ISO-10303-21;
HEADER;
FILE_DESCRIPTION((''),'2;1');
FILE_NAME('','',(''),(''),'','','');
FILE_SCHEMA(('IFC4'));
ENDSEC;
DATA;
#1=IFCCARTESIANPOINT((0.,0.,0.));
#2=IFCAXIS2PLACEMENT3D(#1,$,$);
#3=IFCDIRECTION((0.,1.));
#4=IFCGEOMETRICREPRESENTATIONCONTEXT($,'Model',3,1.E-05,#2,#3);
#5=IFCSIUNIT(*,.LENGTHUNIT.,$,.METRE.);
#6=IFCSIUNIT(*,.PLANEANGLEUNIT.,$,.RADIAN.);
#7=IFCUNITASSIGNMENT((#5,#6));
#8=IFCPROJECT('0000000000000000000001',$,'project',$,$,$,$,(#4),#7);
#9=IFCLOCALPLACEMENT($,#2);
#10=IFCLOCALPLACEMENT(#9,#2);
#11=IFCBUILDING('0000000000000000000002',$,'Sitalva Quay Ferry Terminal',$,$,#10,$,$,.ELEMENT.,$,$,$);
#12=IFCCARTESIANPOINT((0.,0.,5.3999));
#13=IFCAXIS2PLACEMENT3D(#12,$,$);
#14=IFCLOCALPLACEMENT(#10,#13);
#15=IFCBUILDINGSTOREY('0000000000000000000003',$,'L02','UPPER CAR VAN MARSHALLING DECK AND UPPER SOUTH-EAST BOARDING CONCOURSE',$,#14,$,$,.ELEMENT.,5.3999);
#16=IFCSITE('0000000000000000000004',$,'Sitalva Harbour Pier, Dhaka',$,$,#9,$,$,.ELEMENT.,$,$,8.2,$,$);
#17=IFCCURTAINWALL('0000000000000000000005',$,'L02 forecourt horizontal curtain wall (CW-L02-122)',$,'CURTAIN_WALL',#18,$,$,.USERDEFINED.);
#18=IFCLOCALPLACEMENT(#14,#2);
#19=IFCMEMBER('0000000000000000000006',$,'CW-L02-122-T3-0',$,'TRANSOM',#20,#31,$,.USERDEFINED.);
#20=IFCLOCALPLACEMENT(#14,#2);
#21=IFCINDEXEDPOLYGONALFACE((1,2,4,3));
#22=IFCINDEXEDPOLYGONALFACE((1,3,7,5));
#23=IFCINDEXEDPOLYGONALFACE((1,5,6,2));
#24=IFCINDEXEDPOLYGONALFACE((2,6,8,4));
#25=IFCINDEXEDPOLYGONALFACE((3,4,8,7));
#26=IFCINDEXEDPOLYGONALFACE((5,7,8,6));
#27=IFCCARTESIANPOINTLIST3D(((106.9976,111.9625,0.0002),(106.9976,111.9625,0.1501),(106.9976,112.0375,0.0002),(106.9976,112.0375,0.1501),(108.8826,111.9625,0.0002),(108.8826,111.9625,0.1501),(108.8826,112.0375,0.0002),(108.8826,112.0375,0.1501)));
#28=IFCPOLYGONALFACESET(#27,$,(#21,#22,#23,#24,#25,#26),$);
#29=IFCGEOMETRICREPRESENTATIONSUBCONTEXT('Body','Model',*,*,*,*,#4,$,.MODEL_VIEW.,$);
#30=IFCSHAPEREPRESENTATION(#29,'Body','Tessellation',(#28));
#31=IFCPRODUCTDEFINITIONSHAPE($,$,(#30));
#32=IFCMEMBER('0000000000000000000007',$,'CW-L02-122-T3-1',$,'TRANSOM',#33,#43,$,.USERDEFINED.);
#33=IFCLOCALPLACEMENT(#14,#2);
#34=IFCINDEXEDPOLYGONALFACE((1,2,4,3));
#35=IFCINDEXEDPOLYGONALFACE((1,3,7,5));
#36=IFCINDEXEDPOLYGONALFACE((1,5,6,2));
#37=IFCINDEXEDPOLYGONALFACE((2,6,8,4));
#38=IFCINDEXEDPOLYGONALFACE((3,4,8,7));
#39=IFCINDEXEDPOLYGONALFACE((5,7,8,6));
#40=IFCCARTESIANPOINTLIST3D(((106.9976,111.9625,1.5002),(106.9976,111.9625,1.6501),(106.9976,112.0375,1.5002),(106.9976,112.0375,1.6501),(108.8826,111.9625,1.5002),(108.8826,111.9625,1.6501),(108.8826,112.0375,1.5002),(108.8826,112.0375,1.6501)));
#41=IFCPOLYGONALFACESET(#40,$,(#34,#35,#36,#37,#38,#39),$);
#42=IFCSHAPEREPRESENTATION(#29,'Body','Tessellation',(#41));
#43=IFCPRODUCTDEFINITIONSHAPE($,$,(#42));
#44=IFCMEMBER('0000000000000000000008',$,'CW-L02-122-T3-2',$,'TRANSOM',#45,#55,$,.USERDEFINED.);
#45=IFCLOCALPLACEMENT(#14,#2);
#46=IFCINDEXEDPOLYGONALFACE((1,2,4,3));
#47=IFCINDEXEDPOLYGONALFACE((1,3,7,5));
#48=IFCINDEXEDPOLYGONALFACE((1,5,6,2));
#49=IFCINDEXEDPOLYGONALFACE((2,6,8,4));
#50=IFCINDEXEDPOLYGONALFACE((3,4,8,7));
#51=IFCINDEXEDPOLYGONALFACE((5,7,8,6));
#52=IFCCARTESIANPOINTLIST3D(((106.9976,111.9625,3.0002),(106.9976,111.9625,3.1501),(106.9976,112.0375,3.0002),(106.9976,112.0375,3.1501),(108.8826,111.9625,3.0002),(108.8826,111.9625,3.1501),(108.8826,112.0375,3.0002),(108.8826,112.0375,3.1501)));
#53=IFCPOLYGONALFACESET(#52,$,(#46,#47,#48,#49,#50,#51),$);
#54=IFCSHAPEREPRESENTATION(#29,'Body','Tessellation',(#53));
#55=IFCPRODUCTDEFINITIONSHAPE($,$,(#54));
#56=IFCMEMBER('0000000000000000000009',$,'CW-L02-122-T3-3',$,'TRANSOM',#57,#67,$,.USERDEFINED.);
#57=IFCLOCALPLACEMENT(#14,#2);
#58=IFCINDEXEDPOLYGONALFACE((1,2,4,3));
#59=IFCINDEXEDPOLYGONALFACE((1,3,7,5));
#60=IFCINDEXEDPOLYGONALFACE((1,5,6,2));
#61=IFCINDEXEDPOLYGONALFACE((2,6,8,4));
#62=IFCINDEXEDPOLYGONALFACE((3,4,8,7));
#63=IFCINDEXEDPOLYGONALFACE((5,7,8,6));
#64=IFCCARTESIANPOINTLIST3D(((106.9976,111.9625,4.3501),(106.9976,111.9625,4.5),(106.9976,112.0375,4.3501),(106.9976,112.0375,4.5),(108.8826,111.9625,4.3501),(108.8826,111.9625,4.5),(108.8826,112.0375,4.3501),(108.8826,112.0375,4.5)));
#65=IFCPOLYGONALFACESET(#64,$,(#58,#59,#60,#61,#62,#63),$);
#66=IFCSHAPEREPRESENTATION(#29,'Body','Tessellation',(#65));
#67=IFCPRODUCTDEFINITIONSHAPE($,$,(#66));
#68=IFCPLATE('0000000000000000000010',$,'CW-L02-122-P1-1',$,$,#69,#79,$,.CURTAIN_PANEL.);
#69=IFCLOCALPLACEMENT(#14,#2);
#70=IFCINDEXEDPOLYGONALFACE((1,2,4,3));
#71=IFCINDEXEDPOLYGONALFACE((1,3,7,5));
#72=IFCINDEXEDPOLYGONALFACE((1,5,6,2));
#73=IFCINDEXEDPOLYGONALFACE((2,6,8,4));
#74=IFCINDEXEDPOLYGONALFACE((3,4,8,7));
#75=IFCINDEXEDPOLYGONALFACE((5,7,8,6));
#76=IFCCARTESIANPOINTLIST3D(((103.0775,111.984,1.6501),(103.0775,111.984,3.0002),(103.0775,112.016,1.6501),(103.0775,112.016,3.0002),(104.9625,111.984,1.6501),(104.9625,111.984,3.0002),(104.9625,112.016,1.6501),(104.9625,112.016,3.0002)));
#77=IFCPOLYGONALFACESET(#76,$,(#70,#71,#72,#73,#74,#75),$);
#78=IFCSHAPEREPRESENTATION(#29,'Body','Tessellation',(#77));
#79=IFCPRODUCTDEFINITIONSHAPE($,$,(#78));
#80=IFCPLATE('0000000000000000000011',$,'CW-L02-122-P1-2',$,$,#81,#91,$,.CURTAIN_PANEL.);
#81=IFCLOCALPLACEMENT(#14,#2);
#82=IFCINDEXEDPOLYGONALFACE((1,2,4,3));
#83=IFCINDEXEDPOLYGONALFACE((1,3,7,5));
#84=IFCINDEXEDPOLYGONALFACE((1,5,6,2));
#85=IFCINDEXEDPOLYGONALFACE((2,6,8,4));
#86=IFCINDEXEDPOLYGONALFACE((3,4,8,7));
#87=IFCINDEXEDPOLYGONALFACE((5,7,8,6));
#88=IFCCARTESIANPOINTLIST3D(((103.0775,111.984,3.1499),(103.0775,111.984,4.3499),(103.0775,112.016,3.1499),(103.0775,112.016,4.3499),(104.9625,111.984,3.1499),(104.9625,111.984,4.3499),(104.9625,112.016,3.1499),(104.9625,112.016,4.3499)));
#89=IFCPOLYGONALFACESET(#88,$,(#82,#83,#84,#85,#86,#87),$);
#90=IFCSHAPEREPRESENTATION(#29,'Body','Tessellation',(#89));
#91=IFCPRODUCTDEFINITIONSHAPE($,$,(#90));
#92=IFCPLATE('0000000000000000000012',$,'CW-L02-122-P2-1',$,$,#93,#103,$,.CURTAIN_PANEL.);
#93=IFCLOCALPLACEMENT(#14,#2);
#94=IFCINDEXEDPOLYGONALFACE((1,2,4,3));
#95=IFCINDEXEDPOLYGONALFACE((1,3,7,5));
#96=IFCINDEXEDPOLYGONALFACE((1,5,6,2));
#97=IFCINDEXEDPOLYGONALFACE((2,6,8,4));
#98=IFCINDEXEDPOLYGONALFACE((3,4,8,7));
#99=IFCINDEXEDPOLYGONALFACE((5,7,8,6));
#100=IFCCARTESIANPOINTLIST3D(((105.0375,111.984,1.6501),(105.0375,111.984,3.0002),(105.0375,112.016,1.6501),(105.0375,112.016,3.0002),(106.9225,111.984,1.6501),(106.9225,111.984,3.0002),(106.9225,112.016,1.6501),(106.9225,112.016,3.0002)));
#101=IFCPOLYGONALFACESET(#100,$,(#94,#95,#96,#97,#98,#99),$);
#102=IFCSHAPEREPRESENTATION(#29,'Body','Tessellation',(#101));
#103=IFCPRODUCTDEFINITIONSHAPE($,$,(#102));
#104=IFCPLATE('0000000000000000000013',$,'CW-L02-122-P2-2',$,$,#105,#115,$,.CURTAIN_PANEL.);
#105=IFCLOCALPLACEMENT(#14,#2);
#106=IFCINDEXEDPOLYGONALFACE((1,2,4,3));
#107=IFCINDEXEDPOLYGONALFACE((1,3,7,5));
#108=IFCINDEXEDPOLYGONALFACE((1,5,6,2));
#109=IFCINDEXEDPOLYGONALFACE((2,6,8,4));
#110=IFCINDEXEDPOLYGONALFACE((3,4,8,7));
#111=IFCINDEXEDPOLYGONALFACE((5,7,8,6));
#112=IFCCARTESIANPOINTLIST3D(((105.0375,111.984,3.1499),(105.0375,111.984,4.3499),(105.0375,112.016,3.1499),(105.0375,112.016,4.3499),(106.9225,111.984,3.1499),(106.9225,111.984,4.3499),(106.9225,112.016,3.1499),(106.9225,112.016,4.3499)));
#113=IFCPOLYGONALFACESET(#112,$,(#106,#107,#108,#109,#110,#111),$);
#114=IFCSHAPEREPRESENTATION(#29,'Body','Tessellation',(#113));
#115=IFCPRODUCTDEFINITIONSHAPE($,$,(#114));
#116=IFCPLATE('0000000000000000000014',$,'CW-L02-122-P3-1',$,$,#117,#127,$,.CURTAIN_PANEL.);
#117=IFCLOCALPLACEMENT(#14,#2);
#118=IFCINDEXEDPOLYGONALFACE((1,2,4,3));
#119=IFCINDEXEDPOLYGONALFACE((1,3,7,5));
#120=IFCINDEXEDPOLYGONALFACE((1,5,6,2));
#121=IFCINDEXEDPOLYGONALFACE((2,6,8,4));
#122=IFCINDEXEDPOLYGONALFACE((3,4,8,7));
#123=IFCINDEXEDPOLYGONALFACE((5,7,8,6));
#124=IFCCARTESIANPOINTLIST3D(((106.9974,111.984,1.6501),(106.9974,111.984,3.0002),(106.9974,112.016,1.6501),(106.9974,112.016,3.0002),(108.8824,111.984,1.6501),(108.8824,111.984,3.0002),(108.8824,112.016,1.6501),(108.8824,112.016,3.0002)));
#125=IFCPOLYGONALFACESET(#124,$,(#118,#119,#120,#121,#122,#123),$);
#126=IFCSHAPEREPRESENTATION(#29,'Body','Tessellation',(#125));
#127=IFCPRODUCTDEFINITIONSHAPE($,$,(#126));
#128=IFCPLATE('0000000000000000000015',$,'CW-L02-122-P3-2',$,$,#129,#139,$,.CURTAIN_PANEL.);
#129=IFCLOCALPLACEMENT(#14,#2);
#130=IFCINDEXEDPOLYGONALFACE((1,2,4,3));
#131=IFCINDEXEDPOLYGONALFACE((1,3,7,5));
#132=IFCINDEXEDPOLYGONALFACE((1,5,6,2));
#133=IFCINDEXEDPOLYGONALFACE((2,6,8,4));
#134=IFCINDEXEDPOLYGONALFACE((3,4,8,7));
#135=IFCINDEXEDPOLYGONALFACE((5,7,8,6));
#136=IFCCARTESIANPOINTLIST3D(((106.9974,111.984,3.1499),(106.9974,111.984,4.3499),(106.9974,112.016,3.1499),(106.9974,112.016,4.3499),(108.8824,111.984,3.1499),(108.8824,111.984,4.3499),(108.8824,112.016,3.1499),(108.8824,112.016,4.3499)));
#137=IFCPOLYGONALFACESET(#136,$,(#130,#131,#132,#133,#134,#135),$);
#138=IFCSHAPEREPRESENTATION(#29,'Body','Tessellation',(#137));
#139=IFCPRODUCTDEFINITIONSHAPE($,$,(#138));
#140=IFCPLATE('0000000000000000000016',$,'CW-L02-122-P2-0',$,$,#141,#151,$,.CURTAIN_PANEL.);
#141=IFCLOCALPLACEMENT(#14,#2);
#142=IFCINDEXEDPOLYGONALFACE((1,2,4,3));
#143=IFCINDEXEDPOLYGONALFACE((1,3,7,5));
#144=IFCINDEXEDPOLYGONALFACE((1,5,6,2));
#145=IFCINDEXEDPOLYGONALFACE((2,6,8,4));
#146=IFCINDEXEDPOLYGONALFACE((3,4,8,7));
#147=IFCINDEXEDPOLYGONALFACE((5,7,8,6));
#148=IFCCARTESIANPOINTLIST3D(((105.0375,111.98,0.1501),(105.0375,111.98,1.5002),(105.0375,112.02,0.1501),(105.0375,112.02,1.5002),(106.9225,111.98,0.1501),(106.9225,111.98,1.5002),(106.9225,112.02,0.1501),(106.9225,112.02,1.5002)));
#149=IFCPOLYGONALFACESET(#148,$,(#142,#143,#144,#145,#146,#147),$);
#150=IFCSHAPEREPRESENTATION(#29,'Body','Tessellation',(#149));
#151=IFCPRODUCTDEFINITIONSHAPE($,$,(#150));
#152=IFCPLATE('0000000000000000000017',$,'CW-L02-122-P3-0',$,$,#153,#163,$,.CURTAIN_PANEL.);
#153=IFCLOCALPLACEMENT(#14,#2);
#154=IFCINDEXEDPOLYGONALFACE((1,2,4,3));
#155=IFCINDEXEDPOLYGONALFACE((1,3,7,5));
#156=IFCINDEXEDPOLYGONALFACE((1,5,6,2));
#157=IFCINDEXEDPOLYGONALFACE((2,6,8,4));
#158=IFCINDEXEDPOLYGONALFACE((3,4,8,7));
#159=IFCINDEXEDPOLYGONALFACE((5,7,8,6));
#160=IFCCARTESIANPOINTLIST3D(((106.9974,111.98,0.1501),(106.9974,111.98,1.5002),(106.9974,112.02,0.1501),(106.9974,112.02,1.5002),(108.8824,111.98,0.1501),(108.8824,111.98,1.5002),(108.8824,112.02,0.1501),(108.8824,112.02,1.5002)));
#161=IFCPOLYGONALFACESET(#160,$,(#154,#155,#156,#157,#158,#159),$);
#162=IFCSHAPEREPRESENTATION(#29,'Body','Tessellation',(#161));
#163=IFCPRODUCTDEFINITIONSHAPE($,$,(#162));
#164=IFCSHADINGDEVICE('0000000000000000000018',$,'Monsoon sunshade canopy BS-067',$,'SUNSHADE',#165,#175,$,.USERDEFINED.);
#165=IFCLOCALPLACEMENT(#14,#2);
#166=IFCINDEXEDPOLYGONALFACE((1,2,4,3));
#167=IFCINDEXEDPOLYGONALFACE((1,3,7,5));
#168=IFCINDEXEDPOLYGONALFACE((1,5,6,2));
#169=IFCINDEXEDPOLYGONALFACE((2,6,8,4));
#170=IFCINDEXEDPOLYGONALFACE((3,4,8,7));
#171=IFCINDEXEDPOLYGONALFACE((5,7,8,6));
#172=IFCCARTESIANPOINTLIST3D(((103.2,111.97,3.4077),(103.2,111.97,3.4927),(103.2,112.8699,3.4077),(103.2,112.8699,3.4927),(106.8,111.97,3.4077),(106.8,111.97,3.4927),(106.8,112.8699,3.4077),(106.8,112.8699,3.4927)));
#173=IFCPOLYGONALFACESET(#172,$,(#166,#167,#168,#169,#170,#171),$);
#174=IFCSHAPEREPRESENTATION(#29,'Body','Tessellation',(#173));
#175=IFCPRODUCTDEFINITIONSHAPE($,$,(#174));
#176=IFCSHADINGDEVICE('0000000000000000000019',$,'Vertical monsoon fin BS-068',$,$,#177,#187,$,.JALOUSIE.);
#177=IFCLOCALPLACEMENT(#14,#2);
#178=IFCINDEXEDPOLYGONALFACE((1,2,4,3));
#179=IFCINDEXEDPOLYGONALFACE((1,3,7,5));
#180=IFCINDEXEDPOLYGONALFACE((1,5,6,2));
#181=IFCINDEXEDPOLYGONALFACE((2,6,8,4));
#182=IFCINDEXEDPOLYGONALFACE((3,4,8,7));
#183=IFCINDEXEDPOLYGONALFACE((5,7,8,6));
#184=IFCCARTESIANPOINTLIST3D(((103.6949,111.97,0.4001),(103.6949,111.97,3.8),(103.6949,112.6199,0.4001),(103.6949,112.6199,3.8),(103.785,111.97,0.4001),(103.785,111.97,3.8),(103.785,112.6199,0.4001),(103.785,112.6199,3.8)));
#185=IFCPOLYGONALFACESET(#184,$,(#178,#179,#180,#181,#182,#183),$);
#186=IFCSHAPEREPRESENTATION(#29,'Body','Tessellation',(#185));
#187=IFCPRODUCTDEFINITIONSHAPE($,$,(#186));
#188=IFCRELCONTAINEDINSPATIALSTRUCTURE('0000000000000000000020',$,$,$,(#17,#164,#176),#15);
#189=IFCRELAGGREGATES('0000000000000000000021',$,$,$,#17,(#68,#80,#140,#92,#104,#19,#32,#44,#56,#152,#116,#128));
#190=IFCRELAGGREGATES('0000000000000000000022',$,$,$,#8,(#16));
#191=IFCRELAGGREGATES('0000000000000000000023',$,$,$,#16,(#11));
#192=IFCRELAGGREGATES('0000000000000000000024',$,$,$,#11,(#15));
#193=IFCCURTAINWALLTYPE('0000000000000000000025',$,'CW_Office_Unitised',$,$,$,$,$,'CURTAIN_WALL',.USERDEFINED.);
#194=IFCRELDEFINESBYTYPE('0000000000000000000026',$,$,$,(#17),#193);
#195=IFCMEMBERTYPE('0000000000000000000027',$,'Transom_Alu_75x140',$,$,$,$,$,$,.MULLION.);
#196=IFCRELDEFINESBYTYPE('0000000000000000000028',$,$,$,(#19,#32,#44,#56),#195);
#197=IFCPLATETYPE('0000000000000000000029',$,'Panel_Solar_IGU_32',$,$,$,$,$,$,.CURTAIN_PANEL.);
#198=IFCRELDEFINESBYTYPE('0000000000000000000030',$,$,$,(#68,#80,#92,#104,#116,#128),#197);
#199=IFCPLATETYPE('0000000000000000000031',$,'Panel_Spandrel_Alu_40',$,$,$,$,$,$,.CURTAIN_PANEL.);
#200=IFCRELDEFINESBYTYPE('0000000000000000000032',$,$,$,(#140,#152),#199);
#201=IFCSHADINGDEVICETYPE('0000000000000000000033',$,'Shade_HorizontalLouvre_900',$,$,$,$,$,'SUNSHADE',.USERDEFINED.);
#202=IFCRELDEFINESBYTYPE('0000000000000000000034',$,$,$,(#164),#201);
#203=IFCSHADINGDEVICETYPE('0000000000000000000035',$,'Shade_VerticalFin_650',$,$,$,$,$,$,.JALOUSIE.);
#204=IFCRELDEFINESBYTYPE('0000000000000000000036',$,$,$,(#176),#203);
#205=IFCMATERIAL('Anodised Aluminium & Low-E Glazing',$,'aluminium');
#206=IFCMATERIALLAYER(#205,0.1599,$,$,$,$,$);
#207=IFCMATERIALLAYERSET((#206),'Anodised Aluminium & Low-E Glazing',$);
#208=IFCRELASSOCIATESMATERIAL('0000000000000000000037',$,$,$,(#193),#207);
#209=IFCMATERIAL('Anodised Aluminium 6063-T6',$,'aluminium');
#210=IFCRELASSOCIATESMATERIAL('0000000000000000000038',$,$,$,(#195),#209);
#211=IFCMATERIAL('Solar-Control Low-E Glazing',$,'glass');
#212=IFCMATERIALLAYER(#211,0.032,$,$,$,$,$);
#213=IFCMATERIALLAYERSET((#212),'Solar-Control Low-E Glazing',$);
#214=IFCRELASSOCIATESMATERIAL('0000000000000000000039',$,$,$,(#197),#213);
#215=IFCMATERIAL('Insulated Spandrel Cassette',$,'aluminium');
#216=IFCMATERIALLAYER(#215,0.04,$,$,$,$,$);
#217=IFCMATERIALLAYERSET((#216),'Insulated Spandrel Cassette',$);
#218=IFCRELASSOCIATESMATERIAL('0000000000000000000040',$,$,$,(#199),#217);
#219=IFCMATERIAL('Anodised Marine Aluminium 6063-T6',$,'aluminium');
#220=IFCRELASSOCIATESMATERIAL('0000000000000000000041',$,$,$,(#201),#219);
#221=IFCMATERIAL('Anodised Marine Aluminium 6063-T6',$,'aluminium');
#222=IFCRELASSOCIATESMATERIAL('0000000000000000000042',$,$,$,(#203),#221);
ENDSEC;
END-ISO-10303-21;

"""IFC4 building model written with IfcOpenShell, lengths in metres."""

from ifc_helpers import new_model, si_unit, direction, frame, origin, origin_2d, place, context, subcontext, project, spatial, rectangle, extrude, material, layer, layer_set, material_profile, profile_set, type_object, element, aggregate, save


model = new_model("IFC4")

# Units and contexts
model_context = context("Model", 3, precision=1e-05, world=origin(), true_north=direction((0.0, 1.0)))
body_context = subcontext(model_context, "Body", "Model", "MODEL_VIEW")
ifc_project = project(units=[si_unit("LENGTHUNIT", "METRE"), si_unit("PLANEANGLEUNIT", "RADIAN")], contexts=[model_context])

# Site, building, storey
site_placement = place(None, origin())
site = spatial("IfcSite", under=ifc_project, at=site_placement, Name="Sitalva Harbour Pier, Dhaka", CompositionType="ELEMENT", RefElevation=8.2)
building_placement = place(site_placement, origin())
building = spatial("IfcBuilding", under=site, at=building_placement, Name="Sitalva Quay Ferry Terminal", CompositionType="ELEMENT")
storey_placement = place(building_placement, frame((0.0, 0.0, 5.3999)))
storey = spatial("IfcBuildingStorey", under=building, at=storey_placement, Name="L02", Description="UPPER CAR VAN MARSHALLING DECK AND UPPER SOUTH-EAST BOARDING CONCOURSE", CompositionType="ELEMENT", Elevation=5.3999)

# Curtain wall, members, plates
ifc_material_1 = material(Name="Anodised Aluminium & Low-E Glazing", Category="aluminium")
ifc_layer_1 = layer(ifc_material_1, 0.1599)
ifc_layer_set_1 = layer_set([ifc_layer_1], Name="Anodised Aluminium & Low-E Glazing")
curtain_wall_type = type_object("IfcCurtainWallType", Name="CW_Office_Unitised", ElementType="CURTAIN_WALL", PredefinedType="USERDEFINED", material=ifc_layer_set_1)
curtain_wall_placement = place(storey_placement, origin())
curtain_wall = element("IfcCurtainWall", 1, at=curtain_wall_placement, inside=storey, type_object=curtain_wall_type, Name="L02 forecourt horizontal curtain wall (CW-L02-122)", ObjectType="CURTAIN_WALL", PredefinedType="USERDEFINED")
ifc_material_2 = material(Name="Anodised Aluminium 6063-T6", Category="aluminium")
ifc_material_profile_1 = material_profile(ifc_material_2, rectangle(XDim=0.075, YDim=0.1499, at=origin_2d()), Name="ALU75x150")
ifc_profile_set_1 = profile_set([ifc_material_profile_1], Name="Anodised Aluminium 6063-T6")
member_type_1 = type_object("IfcMemberType", Name="Transom_Alu_75x140", PredefinedType="MULLION", material=ifc_profile_set_1)
member_1_placement = place(storey_placement, frame((106.9976, 112.0, 0.0752), z_axis=(1.0, 0.0, 0.0), x_axis=(0.0, 1.0, 0.0)))
member_1 = element("IfcMember", 2, at=member_1_placement, type_object=member_type_1, Name="CW-L02-122-T3-0", ObjectType="TRANSOM", PredefinedType="USERDEFINED", context=body_context, shape_type="SweptSolid", body=[
    extrude(rectangle(XDim=0.075, YDim=0.1499, at=origin_2d()), origin(), (0.0, 0.0, 1.0), 1.885),
])
member_2_placement = place(storey_placement, frame((106.9976, 112.0, 1.5752), z_axis=(1.0, 0.0, 0.0), x_axis=(0.0, 1.0, 0.0)))
member_2 = element("IfcMember", 3, at=member_2_placement, type_object=member_type_1, Name="CW-L02-122-T3-1", ObjectType="TRANSOM", PredefinedType="USERDEFINED", context=body_context, shape_type="SweptSolid", body=[
    extrude(rectangle(XDim=0.075, YDim=0.1499, at=origin_2d()), origin(), (0.0, 0.0, 1.0), 1.885),
])
member_3_placement = place(storey_placement, frame((106.9976, 112.0, 3.0752), z_axis=(1.0, 0.0, 0.0), x_axis=(0.0, 1.0, 0.0)))
member_3 = element("IfcMember", 4, at=member_3_placement, type_object=member_type_1, Name="CW-L02-122-T3-2", ObjectType="TRANSOM", PredefinedType="USERDEFINED", context=body_context, shape_type="SweptSolid", body=[
    extrude(rectangle(XDim=0.075, YDim=0.1499, at=origin_2d()), origin(), (0.0, 0.0, 1.0), 1.885),
])
member_4_placement = place(storey_placement, frame((106.9976, 112.0, 4.425), z_axis=(1.0, 0.0, 0.0), x_axis=(0.0, 1.0, 0.0)))
member_4 = element("IfcMember", 5, at=member_4_placement, type_object=member_type_1, Name="CW-L02-122-T3-3", ObjectType="TRANSOM", PredefinedType="USERDEFINED", context=body_context, shape_type="SweptSolid", body=[
    extrude(rectangle(XDim=0.075, YDim=0.1499, at=origin_2d()), origin(), (0.0, 0.0, 1.0), 1.885),
])
ifc_material_3 = material(Name="Solar-Control Low-E Glazing", Category="glass")
ifc_layer_2 = layer(ifc_material_3, 0.032)
ifc_layer_set_2 = layer_set([ifc_layer_2], Name="Solar-Control Low-E Glazing")
plate_type_1 = type_object("IfcPlateType", Name="Panel_Solar_IGU_32", PredefinedType="CURTAIN_PANEL", material=ifc_layer_set_2)
plate_1_placement = place(storey_placement, frame((104.02, 112.0, 1.6501), z_axis=(0.0, 0.0, 1.0), x_axis=(1.0, 0.0, 0.0)))
plate_1 = element("IfcPlate", 6, at=plate_1_placement, type_object=plate_type_1, Name="CW-L02-122-P1-1", PredefinedType="CURTAIN_PANEL", context=body_context, shape_type="SweptSolid", body=[
    extrude(rectangle(XDim=1.885, YDim=0.032, at=origin_2d()), origin(), (0.0, 0.0, 1.0), 1.3501),
])
plate_2_placement = place(storey_placement, frame((104.02, 112.0, 3.1499), z_axis=(0.0, 0.0, 1.0), x_axis=(1.0, 0.0, 0.0)))
plate_2 = element("IfcPlate", 7, at=plate_2_placement, type_object=plate_type_1, Name="CW-L02-122-P1-2", PredefinedType="CURTAIN_PANEL", context=body_context, shape_type="SweptSolid", body=[
    extrude(rectangle(XDim=1.885, YDim=0.032, at=origin_2d()), origin(), (0.0, 0.0, 1.0), 1.2),
])
plate_3_placement = place(storey_placement, frame((105.98, 112.0, 1.6501), z_axis=(0.0, 0.0, 1.0), x_axis=(1.0, 0.0, 0.0)))
plate_3 = element("IfcPlate", 8, at=plate_3_placement, type_object=plate_type_1, Name="CW-L02-122-P2-1", PredefinedType="CURTAIN_PANEL", context=body_context, shape_type="SweptSolid", body=[
    extrude(rectangle(XDim=1.885, YDim=0.032, at=origin_2d()), origin(), (0.0, 0.0, 1.0), 1.3501),
])
plate_4_placement = place(storey_placement, frame((105.98, 112.0, 3.1499), z_axis=(0.0, 0.0, 1.0), x_axis=(1.0, 0.0, 0.0)))
plate_4 = element("IfcPlate", 9, at=plate_4_placement, type_object=plate_type_1, Name="CW-L02-122-P2-2", PredefinedType="CURTAIN_PANEL", context=body_context, shape_type="SweptSolid", body=[
    extrude(rectangle(XDim=1.885, YDim=0.032, at=origin_2d()), origin(), (0.0, 0.0, 1.0), 1.2),
])
plate_5_placement = place(storey_placement, frame((107.9399, 112.0, 1.6501), z_axis=(0.0, 0.0, 1.0), x_axis=(1.0, 0.0, 0.0)))
plate_5 = element("IfcPlate", 10, at=plate_5_placement, type_object=plate_type_1, Name="CW-L02-122-P3-1", PredefinedType="CURTAIN_PANEL", context=body_context, shape_type="SweptSolid", body=[
    extrude(rectangle(XDim=1.885, YDim=0.032, at=origin_2d()), origin(), (0.0, 0.0, 1.0), 1.3501),
])
plate_6_placement = place(storey_placement, frame((107.9399, 112.0, 3.1499), z_axis=(0.0, 0.0, 1.0), x_axis=(1.0, 0.0, 0.0)))
plate_6 = element("IfcPlate", 11, at=plate_6_placement, type_object=plate_type_1, Name="CW-L02-122-P3-2", PredefinedType="CURTAIN_PANEL", context=body_context, shape_type="SweptSolid", body=[
    extrude(rectangle(XDim=1.885, YDim=0.032, at=origin_2d()), origin(), (0.0, 0.0, 1.0), 1.2),
])
ifc_material_4 = material(Name="Insulated Spandrel Cassette", Category="aluminium")
ifc_layer_3 = layer(ifc_material_4, 0.04)
ifc_layer_set_3 = layer_set([ifc_layer_3], Name="Insulated Spandrel Cassette")
plate_type_2 = type_object("IfcPlateType", Name="Panel_Spandrel_Alu_40", PredefinedType="CURTAIN_PANEL", material=ifc_layer_set_3)
plate_7_placement = place(storey_placement, frame((105.98, 112.0, 0.1501), z_axis=(0.0, 0.0, 1.0), x_axis=(1.0, 0.0, 0.0)))
plate_7 = element("IfcPlate", 12, at=plate_7_placement, type_object=plate_type_2, Name="CW-L02-122-P2-0", PredefinedType="CURTAIN_PANEL", context=body_context, shape_type="SweptSolid", body=[
    extrude(rectangle(XDim=1.885, YDim=0.04, at=origin_2d()), origin(), (0.0, 0.0, 1.0), 1.3501),
])
plate_8_placement = place(storey_placement, frame((107.9399, 112.0, 0.1501), z_axis=(0.0, 0.0, 1.0), x_axis=(1.0, 0.0, 0.0)))
plate_8 = element("IfcPlate", 13, at=plate_8_placement, type_object=plate_type_2, Name="CW-L02-122-P3-0", PredefinedType="CURTAIN_PANEL", context=body_context, shape_type="SweptSolid", body=[
    extrude(rectangle(XDim=1.885, YDim=0.04, at=origin_2d()), origin(), (0.0, 0.0, 1.0), 1.3501),
])
aggregate(curtain_wall, [plate_1, plate_2, plate_7, plate_3, plate_4, member_1, member_2, member_3, member_4, plate_8, plate_5, plate_6])

# Shading devices
ifc_material_5 = material(Name="Anodised Marine Aluminium 6063-T6", Category="aluminium")
shading_device_type_1 = type_object("IfcShadingDeviceType", Name="Shade_HorizontalLouvre_900", ElementType="SUNSHADE", PredefinedType="USERDEFINED", material=ifc_material_5)
shading_device_1_placement = place(storey_placement, frame((105.0, 112.4199, 3.4077), z_axis=(0.0, 0.0, 1.0), x_axis=(1.0, 0.0, 0.0)))
element("IfcShadingDevice", 14, at=shading_device_1_placement, inside=storey, type_object=shading_device_type_1, Name="Monsoon sunshade canopy BS-067", ObjectType="SUNSHADE", PredefinedType="USERDEFINED", context=body_context, shape_type="SweptSolid", body=[
    extrude(rectangle(XDim=3.6001, YDim=0.8999, at=origin_2d()), origin(), (0.0, 0.0, 1.0), 0.085),
])
ifc_material_6 = material(Name="Anodised Marine Aluminium 6063-T6", Category="aluminium")
shading_device_type_2 = type_object("IfcShadingDeviceType", Name="Shade_VerticalFin_650", PredefinedType="JALOUSIE", material=ifc_material_6)
shading_device_2_placement = place(storey_placement, frame((103.74, 112.2949, 0.4001), z_axis=(0.0, 0.0, 1.0), x_axis=(1.0, 0.0, 0.0)))
element("IfcShadingDevice", 15, at=shading_device_2_placement, inside=storey, type_object=shading_device_type_2, Name="Vertical monsoon fin BS-068", PredefinedType="JALOUSIE", context=body_context, shape_type="SweptSolid", body=[
    extrude(rectangle(XDim=0.0901, YDim=0.6499, at=origin_2d()), origin(), (0.0, 0.0, 1.0), 3.3999),
])

save(model, "model.ifc")
